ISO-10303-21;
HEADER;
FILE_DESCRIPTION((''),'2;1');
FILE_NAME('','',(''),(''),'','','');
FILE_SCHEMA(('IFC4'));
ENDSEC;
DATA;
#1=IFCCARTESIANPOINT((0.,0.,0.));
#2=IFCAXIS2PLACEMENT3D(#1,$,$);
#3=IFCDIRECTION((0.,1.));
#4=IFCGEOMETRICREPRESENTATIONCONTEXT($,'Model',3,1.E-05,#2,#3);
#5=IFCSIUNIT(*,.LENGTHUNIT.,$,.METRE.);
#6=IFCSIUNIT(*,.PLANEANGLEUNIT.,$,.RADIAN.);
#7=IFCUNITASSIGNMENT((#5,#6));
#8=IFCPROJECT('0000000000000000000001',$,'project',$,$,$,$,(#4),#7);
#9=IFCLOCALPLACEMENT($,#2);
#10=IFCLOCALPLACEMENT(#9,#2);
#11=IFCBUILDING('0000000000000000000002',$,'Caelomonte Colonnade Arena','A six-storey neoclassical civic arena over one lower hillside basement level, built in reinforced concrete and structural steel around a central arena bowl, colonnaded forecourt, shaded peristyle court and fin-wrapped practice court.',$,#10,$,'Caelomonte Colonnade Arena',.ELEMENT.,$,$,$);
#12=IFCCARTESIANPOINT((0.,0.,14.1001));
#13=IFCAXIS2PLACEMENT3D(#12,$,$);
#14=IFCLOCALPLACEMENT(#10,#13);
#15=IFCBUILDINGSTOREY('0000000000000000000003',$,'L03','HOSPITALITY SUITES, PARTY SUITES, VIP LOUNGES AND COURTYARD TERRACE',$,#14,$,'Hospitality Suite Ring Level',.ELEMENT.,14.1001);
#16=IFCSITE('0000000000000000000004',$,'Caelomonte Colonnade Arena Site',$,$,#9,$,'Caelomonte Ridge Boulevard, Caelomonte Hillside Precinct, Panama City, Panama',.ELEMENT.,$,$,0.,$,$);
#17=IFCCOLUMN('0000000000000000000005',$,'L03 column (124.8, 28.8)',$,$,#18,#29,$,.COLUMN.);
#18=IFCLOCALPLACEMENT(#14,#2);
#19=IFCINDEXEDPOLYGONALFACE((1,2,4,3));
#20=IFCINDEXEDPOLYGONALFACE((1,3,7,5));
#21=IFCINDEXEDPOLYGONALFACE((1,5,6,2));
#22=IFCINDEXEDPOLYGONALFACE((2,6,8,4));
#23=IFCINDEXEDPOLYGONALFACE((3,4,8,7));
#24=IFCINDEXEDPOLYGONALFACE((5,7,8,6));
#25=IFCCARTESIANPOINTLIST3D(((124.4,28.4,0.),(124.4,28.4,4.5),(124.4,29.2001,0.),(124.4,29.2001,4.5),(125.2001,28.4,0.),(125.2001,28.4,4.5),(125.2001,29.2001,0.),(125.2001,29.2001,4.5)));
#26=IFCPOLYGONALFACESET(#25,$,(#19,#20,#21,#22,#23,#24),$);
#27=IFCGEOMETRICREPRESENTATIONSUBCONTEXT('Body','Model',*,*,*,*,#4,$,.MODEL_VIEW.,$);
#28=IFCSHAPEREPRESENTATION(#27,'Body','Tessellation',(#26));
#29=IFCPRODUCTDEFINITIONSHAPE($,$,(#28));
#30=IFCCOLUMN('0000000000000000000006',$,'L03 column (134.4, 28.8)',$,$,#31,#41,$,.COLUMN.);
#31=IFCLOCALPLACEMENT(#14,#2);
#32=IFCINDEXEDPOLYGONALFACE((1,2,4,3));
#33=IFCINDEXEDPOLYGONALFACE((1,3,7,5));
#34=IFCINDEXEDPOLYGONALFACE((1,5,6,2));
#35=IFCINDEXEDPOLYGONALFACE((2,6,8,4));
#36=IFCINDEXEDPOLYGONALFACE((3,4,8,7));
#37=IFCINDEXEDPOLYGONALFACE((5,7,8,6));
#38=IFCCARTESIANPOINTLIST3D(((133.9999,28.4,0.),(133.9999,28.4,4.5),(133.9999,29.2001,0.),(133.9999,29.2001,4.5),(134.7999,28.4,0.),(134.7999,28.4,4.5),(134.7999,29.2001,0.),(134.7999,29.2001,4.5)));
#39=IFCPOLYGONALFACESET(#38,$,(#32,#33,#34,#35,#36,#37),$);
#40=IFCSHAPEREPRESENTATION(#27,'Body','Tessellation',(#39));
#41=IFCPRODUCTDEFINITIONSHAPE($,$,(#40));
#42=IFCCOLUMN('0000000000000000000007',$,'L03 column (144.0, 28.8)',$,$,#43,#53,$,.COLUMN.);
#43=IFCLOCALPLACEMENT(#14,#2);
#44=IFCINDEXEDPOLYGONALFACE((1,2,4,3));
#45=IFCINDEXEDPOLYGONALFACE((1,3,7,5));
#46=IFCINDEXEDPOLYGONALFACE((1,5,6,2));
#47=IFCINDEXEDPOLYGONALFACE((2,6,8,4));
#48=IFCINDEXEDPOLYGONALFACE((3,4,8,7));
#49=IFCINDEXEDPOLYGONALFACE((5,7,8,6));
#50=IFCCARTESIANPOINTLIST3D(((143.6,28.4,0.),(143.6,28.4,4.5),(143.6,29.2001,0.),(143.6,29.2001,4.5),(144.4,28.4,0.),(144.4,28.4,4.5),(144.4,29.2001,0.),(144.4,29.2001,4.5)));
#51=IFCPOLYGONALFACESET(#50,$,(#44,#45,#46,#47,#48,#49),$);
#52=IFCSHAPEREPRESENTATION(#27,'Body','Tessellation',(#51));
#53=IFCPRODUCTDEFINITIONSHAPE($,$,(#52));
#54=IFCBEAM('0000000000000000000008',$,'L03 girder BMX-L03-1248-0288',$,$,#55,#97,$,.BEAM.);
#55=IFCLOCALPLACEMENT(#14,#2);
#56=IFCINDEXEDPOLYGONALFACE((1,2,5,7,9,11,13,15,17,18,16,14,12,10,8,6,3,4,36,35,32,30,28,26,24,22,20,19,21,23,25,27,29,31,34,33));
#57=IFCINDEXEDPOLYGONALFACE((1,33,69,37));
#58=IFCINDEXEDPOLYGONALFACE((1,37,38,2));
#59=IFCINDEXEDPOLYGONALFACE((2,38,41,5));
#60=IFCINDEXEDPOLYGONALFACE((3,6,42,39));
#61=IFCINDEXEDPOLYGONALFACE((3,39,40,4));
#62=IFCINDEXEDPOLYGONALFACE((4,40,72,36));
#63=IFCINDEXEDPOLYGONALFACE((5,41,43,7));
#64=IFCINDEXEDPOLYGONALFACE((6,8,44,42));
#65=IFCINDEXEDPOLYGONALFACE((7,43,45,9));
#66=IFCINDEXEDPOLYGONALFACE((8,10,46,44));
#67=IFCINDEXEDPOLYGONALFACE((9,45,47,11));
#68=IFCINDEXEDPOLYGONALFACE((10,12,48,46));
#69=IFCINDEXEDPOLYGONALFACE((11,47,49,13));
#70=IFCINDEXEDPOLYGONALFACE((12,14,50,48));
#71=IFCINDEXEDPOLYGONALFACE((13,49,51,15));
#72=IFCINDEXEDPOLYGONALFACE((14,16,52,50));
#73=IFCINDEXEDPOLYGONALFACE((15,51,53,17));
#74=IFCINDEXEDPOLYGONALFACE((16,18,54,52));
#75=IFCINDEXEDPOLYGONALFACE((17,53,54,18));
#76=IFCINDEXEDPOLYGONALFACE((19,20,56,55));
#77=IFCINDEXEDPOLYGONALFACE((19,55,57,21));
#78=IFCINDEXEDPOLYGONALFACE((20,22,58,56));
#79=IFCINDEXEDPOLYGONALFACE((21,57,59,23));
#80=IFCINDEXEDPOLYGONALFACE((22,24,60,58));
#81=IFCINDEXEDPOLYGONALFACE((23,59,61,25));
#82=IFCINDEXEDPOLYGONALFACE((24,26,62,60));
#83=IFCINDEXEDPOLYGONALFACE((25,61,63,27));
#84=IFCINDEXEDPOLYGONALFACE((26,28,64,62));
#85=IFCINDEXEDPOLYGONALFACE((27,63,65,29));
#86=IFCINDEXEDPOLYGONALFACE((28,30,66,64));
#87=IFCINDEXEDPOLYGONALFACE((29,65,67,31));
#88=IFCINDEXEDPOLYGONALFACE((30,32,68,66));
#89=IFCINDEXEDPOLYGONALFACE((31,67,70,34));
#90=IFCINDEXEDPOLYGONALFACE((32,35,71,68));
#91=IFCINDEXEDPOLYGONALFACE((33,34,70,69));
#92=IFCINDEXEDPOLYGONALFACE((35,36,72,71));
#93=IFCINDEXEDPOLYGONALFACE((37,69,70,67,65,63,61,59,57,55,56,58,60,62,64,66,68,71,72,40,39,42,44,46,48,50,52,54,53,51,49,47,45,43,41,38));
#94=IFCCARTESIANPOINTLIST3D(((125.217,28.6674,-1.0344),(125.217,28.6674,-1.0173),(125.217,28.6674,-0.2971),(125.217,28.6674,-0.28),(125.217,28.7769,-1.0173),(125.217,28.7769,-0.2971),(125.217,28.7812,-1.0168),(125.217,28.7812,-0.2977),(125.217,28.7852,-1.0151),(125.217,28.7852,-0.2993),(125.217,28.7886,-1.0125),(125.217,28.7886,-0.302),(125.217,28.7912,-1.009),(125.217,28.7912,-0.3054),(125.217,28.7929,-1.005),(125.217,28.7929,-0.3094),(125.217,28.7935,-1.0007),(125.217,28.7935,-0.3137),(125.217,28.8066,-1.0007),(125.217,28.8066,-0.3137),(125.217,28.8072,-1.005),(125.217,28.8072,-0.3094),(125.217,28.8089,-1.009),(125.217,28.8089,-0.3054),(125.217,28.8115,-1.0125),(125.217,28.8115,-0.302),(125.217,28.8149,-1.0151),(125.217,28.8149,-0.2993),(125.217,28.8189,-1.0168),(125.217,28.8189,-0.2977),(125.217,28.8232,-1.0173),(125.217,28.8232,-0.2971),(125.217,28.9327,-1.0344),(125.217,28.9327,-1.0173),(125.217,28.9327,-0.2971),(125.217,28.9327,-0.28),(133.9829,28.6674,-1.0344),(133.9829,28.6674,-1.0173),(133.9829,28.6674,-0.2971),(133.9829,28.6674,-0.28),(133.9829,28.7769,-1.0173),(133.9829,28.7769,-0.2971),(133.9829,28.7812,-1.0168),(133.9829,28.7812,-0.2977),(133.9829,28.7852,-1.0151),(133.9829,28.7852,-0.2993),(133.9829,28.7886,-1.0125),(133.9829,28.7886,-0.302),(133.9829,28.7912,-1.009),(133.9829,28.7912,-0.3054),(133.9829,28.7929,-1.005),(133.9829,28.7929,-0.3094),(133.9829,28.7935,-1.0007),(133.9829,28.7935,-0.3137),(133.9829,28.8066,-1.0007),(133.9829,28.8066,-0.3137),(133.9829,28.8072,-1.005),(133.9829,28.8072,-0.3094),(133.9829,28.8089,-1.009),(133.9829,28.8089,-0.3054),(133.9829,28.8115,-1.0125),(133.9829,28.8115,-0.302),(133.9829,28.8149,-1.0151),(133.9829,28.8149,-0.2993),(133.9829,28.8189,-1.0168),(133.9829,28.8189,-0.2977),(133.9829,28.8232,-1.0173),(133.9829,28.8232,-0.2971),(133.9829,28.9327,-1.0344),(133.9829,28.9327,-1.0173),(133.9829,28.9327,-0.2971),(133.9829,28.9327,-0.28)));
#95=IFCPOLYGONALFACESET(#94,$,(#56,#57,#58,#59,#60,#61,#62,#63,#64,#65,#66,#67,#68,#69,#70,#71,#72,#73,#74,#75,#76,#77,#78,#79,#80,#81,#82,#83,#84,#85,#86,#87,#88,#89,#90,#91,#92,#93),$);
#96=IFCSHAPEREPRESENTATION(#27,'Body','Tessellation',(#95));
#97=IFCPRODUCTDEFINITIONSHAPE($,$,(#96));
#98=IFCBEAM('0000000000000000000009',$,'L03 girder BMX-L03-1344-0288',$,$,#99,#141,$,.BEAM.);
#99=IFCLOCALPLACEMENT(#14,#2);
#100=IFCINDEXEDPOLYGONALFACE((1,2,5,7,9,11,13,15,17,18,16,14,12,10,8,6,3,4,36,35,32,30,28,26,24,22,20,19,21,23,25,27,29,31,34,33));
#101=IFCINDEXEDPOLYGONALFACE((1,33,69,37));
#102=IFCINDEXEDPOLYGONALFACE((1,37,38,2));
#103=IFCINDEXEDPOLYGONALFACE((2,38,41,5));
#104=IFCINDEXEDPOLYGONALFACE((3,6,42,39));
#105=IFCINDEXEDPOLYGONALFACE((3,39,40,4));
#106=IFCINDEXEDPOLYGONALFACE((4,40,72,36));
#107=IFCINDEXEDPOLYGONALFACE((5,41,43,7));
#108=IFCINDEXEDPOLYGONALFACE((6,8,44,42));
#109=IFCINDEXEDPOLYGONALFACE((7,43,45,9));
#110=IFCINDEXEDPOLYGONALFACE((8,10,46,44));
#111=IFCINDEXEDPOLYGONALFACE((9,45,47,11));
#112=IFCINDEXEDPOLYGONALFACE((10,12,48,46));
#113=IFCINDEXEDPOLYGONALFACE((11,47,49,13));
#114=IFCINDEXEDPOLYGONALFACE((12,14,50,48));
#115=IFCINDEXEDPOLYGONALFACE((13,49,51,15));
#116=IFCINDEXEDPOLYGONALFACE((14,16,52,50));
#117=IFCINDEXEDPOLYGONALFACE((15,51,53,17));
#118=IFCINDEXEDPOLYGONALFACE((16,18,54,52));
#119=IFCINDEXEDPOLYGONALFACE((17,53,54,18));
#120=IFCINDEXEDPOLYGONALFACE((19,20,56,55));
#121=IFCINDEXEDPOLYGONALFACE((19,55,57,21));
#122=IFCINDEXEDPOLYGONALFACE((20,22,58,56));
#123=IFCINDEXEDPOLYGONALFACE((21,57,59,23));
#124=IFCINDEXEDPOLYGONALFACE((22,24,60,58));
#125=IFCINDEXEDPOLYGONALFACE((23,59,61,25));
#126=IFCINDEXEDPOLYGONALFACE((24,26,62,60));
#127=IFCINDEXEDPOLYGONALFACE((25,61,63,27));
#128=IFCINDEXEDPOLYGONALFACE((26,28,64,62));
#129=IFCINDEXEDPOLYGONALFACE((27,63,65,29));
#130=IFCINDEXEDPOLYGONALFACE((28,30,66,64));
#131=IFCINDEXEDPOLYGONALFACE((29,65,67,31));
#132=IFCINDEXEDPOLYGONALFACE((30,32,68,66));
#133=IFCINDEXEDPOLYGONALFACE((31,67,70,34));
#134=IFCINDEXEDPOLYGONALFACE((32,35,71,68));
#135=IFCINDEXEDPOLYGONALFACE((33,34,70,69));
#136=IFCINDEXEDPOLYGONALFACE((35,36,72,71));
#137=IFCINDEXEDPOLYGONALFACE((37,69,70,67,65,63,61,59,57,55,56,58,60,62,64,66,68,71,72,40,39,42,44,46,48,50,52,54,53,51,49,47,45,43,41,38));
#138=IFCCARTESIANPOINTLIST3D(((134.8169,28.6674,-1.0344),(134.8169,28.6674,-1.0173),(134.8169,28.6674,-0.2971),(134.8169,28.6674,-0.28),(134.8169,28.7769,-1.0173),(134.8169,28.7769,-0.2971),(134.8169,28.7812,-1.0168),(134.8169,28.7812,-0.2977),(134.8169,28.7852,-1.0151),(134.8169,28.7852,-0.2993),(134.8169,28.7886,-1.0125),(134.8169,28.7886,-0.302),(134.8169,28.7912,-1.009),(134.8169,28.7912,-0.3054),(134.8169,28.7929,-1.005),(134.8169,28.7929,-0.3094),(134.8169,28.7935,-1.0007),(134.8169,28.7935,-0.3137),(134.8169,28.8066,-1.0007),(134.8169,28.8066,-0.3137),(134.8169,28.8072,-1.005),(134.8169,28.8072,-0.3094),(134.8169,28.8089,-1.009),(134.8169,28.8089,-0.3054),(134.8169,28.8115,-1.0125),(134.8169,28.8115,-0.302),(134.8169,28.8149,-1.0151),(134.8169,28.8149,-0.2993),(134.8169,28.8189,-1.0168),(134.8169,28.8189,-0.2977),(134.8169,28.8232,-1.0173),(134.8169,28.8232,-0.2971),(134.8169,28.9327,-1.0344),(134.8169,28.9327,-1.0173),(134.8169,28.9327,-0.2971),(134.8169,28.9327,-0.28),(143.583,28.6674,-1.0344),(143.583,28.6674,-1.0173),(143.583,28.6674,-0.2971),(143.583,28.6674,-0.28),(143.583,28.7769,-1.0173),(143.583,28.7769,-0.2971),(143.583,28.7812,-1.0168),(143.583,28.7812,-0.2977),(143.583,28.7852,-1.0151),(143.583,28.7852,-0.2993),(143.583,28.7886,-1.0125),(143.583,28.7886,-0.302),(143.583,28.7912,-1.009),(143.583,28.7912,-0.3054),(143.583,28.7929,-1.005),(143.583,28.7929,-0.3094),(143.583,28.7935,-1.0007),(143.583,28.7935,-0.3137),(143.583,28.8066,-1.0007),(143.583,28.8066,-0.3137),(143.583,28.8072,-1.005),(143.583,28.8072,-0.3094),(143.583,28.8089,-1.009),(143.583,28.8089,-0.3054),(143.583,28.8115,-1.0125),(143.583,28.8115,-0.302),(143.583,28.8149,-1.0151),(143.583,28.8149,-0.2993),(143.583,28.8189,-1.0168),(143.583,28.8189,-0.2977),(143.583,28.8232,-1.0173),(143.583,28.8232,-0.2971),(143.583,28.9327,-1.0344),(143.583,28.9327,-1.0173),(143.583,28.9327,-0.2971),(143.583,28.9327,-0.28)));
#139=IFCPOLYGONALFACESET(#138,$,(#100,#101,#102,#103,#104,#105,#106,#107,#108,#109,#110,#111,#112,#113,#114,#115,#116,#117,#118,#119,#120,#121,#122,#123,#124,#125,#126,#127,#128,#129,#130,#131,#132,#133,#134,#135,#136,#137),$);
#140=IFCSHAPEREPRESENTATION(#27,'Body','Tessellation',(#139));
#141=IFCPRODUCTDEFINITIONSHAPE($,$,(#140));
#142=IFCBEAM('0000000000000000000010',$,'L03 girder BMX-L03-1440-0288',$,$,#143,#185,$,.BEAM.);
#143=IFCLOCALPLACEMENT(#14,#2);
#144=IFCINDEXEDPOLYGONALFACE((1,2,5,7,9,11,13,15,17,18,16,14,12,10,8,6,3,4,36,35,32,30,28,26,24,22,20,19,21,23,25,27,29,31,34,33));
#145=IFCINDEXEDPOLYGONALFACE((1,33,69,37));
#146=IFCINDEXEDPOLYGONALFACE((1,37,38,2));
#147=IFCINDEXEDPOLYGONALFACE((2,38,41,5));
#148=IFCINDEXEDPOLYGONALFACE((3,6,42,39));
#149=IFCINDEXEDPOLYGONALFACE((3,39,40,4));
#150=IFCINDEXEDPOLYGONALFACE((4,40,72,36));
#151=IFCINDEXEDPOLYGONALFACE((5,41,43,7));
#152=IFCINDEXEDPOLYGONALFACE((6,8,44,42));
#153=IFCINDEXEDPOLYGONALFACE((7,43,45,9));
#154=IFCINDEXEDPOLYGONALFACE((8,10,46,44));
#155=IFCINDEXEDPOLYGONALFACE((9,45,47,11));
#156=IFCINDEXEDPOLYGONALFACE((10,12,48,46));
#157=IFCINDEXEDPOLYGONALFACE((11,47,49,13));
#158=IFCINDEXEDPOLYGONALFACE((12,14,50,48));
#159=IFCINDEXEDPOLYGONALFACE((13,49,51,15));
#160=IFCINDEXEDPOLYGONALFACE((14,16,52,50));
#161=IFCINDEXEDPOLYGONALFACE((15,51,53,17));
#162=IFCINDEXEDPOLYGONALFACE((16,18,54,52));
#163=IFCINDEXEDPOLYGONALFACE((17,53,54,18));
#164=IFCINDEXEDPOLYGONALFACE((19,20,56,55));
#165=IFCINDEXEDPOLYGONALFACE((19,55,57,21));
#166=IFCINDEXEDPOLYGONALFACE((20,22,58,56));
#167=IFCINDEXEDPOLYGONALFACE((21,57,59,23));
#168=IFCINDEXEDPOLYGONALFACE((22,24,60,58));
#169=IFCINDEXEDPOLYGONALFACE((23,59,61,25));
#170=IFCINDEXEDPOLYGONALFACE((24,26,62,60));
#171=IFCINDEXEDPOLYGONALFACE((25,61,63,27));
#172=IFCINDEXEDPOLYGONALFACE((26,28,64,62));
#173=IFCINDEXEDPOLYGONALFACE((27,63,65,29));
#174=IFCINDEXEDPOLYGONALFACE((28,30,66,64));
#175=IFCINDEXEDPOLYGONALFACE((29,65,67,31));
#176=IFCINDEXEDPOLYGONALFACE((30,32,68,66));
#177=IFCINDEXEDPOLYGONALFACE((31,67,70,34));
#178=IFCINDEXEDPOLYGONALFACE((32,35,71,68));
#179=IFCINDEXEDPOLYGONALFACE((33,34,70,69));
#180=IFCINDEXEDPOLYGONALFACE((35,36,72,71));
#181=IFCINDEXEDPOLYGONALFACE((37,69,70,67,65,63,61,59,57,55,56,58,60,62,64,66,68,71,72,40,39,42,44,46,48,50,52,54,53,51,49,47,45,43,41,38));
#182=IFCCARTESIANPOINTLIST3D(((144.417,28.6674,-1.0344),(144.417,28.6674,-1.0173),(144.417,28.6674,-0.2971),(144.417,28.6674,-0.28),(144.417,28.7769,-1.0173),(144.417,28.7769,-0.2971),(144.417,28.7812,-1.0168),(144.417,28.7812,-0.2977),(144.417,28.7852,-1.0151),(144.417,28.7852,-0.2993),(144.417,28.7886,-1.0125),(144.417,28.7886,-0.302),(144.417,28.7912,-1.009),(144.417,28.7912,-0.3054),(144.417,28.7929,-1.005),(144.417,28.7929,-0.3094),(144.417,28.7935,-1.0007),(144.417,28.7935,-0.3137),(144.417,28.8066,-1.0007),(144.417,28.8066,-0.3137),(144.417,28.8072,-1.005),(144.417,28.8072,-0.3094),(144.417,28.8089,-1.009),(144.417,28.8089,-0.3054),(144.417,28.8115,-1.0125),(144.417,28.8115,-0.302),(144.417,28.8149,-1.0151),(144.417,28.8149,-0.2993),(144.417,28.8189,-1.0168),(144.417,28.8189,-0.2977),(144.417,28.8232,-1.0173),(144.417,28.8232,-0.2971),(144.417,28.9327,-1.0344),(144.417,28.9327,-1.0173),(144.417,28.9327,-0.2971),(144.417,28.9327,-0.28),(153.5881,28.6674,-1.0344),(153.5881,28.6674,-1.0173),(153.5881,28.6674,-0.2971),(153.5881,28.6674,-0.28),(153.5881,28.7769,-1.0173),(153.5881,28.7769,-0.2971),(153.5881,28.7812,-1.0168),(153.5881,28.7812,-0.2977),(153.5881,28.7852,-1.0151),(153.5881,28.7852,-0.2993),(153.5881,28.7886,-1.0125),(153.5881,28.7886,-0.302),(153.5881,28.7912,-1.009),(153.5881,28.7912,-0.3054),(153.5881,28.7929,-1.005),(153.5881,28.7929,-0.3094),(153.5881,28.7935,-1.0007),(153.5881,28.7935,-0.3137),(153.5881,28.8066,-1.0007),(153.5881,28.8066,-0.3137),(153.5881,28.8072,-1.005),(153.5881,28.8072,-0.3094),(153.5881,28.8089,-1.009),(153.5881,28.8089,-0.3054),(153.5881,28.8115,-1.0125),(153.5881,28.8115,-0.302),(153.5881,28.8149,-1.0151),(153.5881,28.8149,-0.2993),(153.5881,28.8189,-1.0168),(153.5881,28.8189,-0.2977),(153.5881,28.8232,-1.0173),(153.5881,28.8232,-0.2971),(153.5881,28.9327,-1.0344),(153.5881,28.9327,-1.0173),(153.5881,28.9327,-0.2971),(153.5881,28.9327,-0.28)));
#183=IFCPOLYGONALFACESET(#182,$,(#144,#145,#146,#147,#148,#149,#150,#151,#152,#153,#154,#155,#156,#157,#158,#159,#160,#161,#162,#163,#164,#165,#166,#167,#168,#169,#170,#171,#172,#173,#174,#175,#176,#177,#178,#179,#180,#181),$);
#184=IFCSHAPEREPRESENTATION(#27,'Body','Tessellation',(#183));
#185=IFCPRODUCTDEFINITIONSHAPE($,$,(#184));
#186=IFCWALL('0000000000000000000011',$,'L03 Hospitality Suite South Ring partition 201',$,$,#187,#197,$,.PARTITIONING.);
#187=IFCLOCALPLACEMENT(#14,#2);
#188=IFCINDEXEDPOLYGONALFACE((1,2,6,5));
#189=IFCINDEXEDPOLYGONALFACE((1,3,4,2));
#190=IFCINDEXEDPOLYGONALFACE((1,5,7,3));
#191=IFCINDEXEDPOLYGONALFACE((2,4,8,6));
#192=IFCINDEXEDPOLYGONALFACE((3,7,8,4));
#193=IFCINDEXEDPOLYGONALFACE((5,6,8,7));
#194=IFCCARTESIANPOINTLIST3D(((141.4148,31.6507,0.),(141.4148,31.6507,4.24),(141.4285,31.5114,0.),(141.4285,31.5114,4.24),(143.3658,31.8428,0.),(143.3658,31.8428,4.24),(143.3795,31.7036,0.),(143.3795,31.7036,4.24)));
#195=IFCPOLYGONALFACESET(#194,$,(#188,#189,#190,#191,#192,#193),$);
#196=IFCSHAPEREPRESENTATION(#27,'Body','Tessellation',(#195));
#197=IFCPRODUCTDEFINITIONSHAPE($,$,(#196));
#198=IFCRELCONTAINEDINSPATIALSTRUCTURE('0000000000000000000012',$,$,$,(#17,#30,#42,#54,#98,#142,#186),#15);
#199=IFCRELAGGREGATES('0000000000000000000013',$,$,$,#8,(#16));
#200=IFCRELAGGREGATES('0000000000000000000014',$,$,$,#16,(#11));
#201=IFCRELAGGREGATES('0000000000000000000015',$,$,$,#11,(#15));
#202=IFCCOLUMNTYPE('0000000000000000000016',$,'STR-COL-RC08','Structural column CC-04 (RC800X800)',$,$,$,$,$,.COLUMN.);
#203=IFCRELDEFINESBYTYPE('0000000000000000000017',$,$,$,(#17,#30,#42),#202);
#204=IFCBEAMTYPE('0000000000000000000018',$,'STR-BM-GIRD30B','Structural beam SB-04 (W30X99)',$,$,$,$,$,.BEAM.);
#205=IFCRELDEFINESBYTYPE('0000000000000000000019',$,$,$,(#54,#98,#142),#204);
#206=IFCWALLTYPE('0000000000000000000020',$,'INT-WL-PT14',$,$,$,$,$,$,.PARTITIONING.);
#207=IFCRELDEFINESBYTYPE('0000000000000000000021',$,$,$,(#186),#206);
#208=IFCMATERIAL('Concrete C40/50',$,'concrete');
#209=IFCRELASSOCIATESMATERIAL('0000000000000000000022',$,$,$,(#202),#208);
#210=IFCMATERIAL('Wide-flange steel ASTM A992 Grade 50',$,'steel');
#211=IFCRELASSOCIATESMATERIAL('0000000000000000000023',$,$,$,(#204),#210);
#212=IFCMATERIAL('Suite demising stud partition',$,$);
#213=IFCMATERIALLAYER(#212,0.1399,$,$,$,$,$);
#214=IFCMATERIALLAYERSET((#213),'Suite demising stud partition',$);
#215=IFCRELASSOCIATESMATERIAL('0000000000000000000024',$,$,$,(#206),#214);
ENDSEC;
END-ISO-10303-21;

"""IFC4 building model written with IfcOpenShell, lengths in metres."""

from ifc_helpers import new_model, si_unit, direction, frame, frame_2d, origin, origin_2d, place, context, subcontext, project, spatial, rectangle, i_section, extrude, material, layer, layer_set, material_profile, profile_set, type_object, element, save


model = new_model("IFC4")

# Units and contexts
model_context = context("Model", 3, precision=1e-05, world=origin(), true_north=direction((0.0, 1.0)))
body_context = subcontext(model_context, "Body", "Model", "MODEL_VIEW")
ifc_project = project(units=[si_unit("LENGTHUNIT", "METRE"), si_unit("PLANEANGLEUNIT", "RADIAN")], contexts=[model_context])

# Site, building, storey
site_placement = place(None, origin())
site = spatial("IfcSite", under=ifc_project, at=site_placement, Name="Caelomonte Colonnade Arena Site", LongName="Caelomonte Ridge Boulevard, Caelomonte Hillside Precinct, Panama City, Panama", CompositionType="ELEMENT", RefElevation=0.0)
building_placement = place(site_placement, origin())
building = spatial("IfcBuilding", under=site, at=building_placement, Name="Caelomonte Colonnade Arena", Description="A six-storey neoclassical civic arena over one lower hillside basement level, built in reinforced concrete and structural steel around a central arena bowl, colonnaded forecourt, shaded peristyle court and fin-wrapped practice court.", LongName="Caelomonte Colonnade Arena", CompositionType="ELEMENT")
storey_placement = place(building_placement, frame((0.0, 0.0, 14.1001)))
storey = spatial("IfcBuildingStorey", under=building, at=storey_placement, Name="L03", Description="HOSPITALITY SUITES, PARTY SUITES, VIP LOUNGES AND COURTYARD TERRACE", LongName="Hospitality Suite Ring Level", CompositionType="ELEMENT", Elevation=14.1001)

# Columns
ifc_material_1 = material(Name="Concrete C40/50", Category="concrete")
ifc_material_profile_1 = material_profile(ifc_material_1, rectangle(XDim=0.8, YDim=0.8, at=origin_2d()), Name="RC800X800")
ifc_profile_set_1 = profile_set([ifc_material_profile_1], Name="Concrete C40/50")
column_type = type_object("IfcColumnType", Name="STR-COL-RC08", Description="Structural column CC-04 (RC800X800)", PredefinedType="COLUMN", material=ifc_profile_set_1)
for number, where, z_axis, x_axis, name in (
    (1, (124.8, 28.8, 0.0), (0.0, 0.0, 1.0), (1.0, 0.0, 0.0), "L03 column (124.8, 28.8)"),
    (2, (134.3999, 28.8, 0.0), (0.0, 0.0, 1.0), (1.0, 0.0, 0.0), "L03 column (134.4, 28.8)"),
    (3, (144.0, 28.8, 0.0), (0.0, 0.0, 1.0), (1.0, 0.0, 0.0), "L03 column (144.0, 28.8)"),
):
    element("IfcColumn", number, at=place(storey_placement, frame(where, z_axis=z_axis, x_axis=x_axis)), inside=storey, type_object=column_type, Name=name, PredefinedType="COLUMN", context=body_context, shape_type="SweptSolid", body=[
        extrude(rectangle(XDim=0.8, YDim=0.8, at=origin_2d()), origin(), (0.0, 0.0, 1.0), 4.5),
    ])

# Beams
ifc_material_2 = material(Name="Wide-flange steel ASTM A992 Grade 50", Category="steel")
ifc_material_profile_2 = material_profile(ifc_material_2, i_section(OverallWidth=0.2654, OverallDepth=0.7544, WebThickness=0.0132, FlangeThickness=0.0171, FilletRadius=0.0166, at=origin_2d()), Name="W30X99")
ifc_profile_set_2 = profile_set([ifc_material_profile_2], Name="Wide-flange steel ASTM A992 Grade 50")
beam_type = type_object("IfcBeamType", Name="STR-BM-GIRD30B", Description="Structural beam SB-04 (W30X99)", PredefinedType="BEAM", material=ifc_profile_set_2)
beam_1_placement = place(storey_placement, frame((125.217, 28.8, -0.6572), z_axis=(1.0, 0.0, 0.0), x_axis=(0.0, 1.0, 0.0)))
element("IfcBeam", 4, at=beam_1_placement, inside=storey, type_object=beam_type, Name="L03 girder BMX-L03-1248-0288", PredefinedType="BEAM", context=body_context, shape_type="SweptSolid", body=[
    extrude(i_section(OverallWidth=0.2654, OverallDepth=0.7544, WebThickness=0.0132, FlangeThickness=0.0171, FilletRadius=0.0166, at=origin_2d()), origin(), (0.0, 0.0, 1.0), 8.7659),
])
beam_2_placement = place(storey_placement, frame((134.8169, 28.8, -0.6572), z_axis=(1.0, 0.0, 0.0), x_axis=(0.0, 1.0, 0.0)))
element("IfcBeam", 5, at=beam_2_placement, inside=storey, type_object=beam_type, Name="L03 girder BMX-L03-1344-0288", PredefinedType="BEAM", context=body_context, shape_type="SweptSolid", body=[
    extrude(i_section(OverallWidth=0.2654, OverallDepth=0.7544, WebThickness=0.0132, FlangeThickness=0.0171, FilletRadius=0.0166, at=origin_2d()), origin(), (0.0, 0.0, 1.0), 8.7661),
])
beam_3_placement = place(storey_placement, frame((144.417, 28.8, -0.6572), z_axis=(1.0, 0.0, 0.0), x_axis=(0.0, 1.0, 0.0)))
element("IfcBeam", 6, at=beam_3_placement, inside=storey, type_object=beam_type, Name="L03 girder BMX-L03-1440-0288", PredefinedType="BEAM", context=body_context, shape_type="SweptSolid", body=[
    extrude(i_section(OverallWidth=0.2654, OverallDepth=0.7544, WebThickness=0.0132, FlangeThickness=0.0171, FilletRadius=0.0166, at=origin_2d()), origin(), (0.0, 0.0, 1.0), 9.1711),
])

# Wall
ifc_material_3 = material(Name="Suite demising stud partition")
ifc_layer_1 = layer(ifc_material_3, 0.1399)
ifc_layer_set_1 = layer_set([ifc_layer_1], Name="Suite demising stud partition")
wall_type_1 = type_object("IfcWallType", Name="INT-WL-PT14", PredefinedType="PARTITIONING", material=ifc_layer_set_1)
wall_1_placement = place(storey_placement, frame((141.4216, 31.5811, 0.0), z_axis=(0.0, 0.0, 1.0), x_axis=(0.995185, 0.098012, 0.0)))
element("IfcWall", 7, at=wall_1_placement, inside=storey, type_object=wall_type_1, Name="L03 Hospitality Suite South Ring partition 201", PredefinedType="PARTITIONING", context=body_context, shape_type="SweptSolid", body=[
    extrude(rectangle(XDim=1.9604, YDim=0.1399, at=frame_2d((0.9802, 0.0))), origin(), (0.0, 0.0, 1.0), 4.24),
])

save(model, "model.ifc")
